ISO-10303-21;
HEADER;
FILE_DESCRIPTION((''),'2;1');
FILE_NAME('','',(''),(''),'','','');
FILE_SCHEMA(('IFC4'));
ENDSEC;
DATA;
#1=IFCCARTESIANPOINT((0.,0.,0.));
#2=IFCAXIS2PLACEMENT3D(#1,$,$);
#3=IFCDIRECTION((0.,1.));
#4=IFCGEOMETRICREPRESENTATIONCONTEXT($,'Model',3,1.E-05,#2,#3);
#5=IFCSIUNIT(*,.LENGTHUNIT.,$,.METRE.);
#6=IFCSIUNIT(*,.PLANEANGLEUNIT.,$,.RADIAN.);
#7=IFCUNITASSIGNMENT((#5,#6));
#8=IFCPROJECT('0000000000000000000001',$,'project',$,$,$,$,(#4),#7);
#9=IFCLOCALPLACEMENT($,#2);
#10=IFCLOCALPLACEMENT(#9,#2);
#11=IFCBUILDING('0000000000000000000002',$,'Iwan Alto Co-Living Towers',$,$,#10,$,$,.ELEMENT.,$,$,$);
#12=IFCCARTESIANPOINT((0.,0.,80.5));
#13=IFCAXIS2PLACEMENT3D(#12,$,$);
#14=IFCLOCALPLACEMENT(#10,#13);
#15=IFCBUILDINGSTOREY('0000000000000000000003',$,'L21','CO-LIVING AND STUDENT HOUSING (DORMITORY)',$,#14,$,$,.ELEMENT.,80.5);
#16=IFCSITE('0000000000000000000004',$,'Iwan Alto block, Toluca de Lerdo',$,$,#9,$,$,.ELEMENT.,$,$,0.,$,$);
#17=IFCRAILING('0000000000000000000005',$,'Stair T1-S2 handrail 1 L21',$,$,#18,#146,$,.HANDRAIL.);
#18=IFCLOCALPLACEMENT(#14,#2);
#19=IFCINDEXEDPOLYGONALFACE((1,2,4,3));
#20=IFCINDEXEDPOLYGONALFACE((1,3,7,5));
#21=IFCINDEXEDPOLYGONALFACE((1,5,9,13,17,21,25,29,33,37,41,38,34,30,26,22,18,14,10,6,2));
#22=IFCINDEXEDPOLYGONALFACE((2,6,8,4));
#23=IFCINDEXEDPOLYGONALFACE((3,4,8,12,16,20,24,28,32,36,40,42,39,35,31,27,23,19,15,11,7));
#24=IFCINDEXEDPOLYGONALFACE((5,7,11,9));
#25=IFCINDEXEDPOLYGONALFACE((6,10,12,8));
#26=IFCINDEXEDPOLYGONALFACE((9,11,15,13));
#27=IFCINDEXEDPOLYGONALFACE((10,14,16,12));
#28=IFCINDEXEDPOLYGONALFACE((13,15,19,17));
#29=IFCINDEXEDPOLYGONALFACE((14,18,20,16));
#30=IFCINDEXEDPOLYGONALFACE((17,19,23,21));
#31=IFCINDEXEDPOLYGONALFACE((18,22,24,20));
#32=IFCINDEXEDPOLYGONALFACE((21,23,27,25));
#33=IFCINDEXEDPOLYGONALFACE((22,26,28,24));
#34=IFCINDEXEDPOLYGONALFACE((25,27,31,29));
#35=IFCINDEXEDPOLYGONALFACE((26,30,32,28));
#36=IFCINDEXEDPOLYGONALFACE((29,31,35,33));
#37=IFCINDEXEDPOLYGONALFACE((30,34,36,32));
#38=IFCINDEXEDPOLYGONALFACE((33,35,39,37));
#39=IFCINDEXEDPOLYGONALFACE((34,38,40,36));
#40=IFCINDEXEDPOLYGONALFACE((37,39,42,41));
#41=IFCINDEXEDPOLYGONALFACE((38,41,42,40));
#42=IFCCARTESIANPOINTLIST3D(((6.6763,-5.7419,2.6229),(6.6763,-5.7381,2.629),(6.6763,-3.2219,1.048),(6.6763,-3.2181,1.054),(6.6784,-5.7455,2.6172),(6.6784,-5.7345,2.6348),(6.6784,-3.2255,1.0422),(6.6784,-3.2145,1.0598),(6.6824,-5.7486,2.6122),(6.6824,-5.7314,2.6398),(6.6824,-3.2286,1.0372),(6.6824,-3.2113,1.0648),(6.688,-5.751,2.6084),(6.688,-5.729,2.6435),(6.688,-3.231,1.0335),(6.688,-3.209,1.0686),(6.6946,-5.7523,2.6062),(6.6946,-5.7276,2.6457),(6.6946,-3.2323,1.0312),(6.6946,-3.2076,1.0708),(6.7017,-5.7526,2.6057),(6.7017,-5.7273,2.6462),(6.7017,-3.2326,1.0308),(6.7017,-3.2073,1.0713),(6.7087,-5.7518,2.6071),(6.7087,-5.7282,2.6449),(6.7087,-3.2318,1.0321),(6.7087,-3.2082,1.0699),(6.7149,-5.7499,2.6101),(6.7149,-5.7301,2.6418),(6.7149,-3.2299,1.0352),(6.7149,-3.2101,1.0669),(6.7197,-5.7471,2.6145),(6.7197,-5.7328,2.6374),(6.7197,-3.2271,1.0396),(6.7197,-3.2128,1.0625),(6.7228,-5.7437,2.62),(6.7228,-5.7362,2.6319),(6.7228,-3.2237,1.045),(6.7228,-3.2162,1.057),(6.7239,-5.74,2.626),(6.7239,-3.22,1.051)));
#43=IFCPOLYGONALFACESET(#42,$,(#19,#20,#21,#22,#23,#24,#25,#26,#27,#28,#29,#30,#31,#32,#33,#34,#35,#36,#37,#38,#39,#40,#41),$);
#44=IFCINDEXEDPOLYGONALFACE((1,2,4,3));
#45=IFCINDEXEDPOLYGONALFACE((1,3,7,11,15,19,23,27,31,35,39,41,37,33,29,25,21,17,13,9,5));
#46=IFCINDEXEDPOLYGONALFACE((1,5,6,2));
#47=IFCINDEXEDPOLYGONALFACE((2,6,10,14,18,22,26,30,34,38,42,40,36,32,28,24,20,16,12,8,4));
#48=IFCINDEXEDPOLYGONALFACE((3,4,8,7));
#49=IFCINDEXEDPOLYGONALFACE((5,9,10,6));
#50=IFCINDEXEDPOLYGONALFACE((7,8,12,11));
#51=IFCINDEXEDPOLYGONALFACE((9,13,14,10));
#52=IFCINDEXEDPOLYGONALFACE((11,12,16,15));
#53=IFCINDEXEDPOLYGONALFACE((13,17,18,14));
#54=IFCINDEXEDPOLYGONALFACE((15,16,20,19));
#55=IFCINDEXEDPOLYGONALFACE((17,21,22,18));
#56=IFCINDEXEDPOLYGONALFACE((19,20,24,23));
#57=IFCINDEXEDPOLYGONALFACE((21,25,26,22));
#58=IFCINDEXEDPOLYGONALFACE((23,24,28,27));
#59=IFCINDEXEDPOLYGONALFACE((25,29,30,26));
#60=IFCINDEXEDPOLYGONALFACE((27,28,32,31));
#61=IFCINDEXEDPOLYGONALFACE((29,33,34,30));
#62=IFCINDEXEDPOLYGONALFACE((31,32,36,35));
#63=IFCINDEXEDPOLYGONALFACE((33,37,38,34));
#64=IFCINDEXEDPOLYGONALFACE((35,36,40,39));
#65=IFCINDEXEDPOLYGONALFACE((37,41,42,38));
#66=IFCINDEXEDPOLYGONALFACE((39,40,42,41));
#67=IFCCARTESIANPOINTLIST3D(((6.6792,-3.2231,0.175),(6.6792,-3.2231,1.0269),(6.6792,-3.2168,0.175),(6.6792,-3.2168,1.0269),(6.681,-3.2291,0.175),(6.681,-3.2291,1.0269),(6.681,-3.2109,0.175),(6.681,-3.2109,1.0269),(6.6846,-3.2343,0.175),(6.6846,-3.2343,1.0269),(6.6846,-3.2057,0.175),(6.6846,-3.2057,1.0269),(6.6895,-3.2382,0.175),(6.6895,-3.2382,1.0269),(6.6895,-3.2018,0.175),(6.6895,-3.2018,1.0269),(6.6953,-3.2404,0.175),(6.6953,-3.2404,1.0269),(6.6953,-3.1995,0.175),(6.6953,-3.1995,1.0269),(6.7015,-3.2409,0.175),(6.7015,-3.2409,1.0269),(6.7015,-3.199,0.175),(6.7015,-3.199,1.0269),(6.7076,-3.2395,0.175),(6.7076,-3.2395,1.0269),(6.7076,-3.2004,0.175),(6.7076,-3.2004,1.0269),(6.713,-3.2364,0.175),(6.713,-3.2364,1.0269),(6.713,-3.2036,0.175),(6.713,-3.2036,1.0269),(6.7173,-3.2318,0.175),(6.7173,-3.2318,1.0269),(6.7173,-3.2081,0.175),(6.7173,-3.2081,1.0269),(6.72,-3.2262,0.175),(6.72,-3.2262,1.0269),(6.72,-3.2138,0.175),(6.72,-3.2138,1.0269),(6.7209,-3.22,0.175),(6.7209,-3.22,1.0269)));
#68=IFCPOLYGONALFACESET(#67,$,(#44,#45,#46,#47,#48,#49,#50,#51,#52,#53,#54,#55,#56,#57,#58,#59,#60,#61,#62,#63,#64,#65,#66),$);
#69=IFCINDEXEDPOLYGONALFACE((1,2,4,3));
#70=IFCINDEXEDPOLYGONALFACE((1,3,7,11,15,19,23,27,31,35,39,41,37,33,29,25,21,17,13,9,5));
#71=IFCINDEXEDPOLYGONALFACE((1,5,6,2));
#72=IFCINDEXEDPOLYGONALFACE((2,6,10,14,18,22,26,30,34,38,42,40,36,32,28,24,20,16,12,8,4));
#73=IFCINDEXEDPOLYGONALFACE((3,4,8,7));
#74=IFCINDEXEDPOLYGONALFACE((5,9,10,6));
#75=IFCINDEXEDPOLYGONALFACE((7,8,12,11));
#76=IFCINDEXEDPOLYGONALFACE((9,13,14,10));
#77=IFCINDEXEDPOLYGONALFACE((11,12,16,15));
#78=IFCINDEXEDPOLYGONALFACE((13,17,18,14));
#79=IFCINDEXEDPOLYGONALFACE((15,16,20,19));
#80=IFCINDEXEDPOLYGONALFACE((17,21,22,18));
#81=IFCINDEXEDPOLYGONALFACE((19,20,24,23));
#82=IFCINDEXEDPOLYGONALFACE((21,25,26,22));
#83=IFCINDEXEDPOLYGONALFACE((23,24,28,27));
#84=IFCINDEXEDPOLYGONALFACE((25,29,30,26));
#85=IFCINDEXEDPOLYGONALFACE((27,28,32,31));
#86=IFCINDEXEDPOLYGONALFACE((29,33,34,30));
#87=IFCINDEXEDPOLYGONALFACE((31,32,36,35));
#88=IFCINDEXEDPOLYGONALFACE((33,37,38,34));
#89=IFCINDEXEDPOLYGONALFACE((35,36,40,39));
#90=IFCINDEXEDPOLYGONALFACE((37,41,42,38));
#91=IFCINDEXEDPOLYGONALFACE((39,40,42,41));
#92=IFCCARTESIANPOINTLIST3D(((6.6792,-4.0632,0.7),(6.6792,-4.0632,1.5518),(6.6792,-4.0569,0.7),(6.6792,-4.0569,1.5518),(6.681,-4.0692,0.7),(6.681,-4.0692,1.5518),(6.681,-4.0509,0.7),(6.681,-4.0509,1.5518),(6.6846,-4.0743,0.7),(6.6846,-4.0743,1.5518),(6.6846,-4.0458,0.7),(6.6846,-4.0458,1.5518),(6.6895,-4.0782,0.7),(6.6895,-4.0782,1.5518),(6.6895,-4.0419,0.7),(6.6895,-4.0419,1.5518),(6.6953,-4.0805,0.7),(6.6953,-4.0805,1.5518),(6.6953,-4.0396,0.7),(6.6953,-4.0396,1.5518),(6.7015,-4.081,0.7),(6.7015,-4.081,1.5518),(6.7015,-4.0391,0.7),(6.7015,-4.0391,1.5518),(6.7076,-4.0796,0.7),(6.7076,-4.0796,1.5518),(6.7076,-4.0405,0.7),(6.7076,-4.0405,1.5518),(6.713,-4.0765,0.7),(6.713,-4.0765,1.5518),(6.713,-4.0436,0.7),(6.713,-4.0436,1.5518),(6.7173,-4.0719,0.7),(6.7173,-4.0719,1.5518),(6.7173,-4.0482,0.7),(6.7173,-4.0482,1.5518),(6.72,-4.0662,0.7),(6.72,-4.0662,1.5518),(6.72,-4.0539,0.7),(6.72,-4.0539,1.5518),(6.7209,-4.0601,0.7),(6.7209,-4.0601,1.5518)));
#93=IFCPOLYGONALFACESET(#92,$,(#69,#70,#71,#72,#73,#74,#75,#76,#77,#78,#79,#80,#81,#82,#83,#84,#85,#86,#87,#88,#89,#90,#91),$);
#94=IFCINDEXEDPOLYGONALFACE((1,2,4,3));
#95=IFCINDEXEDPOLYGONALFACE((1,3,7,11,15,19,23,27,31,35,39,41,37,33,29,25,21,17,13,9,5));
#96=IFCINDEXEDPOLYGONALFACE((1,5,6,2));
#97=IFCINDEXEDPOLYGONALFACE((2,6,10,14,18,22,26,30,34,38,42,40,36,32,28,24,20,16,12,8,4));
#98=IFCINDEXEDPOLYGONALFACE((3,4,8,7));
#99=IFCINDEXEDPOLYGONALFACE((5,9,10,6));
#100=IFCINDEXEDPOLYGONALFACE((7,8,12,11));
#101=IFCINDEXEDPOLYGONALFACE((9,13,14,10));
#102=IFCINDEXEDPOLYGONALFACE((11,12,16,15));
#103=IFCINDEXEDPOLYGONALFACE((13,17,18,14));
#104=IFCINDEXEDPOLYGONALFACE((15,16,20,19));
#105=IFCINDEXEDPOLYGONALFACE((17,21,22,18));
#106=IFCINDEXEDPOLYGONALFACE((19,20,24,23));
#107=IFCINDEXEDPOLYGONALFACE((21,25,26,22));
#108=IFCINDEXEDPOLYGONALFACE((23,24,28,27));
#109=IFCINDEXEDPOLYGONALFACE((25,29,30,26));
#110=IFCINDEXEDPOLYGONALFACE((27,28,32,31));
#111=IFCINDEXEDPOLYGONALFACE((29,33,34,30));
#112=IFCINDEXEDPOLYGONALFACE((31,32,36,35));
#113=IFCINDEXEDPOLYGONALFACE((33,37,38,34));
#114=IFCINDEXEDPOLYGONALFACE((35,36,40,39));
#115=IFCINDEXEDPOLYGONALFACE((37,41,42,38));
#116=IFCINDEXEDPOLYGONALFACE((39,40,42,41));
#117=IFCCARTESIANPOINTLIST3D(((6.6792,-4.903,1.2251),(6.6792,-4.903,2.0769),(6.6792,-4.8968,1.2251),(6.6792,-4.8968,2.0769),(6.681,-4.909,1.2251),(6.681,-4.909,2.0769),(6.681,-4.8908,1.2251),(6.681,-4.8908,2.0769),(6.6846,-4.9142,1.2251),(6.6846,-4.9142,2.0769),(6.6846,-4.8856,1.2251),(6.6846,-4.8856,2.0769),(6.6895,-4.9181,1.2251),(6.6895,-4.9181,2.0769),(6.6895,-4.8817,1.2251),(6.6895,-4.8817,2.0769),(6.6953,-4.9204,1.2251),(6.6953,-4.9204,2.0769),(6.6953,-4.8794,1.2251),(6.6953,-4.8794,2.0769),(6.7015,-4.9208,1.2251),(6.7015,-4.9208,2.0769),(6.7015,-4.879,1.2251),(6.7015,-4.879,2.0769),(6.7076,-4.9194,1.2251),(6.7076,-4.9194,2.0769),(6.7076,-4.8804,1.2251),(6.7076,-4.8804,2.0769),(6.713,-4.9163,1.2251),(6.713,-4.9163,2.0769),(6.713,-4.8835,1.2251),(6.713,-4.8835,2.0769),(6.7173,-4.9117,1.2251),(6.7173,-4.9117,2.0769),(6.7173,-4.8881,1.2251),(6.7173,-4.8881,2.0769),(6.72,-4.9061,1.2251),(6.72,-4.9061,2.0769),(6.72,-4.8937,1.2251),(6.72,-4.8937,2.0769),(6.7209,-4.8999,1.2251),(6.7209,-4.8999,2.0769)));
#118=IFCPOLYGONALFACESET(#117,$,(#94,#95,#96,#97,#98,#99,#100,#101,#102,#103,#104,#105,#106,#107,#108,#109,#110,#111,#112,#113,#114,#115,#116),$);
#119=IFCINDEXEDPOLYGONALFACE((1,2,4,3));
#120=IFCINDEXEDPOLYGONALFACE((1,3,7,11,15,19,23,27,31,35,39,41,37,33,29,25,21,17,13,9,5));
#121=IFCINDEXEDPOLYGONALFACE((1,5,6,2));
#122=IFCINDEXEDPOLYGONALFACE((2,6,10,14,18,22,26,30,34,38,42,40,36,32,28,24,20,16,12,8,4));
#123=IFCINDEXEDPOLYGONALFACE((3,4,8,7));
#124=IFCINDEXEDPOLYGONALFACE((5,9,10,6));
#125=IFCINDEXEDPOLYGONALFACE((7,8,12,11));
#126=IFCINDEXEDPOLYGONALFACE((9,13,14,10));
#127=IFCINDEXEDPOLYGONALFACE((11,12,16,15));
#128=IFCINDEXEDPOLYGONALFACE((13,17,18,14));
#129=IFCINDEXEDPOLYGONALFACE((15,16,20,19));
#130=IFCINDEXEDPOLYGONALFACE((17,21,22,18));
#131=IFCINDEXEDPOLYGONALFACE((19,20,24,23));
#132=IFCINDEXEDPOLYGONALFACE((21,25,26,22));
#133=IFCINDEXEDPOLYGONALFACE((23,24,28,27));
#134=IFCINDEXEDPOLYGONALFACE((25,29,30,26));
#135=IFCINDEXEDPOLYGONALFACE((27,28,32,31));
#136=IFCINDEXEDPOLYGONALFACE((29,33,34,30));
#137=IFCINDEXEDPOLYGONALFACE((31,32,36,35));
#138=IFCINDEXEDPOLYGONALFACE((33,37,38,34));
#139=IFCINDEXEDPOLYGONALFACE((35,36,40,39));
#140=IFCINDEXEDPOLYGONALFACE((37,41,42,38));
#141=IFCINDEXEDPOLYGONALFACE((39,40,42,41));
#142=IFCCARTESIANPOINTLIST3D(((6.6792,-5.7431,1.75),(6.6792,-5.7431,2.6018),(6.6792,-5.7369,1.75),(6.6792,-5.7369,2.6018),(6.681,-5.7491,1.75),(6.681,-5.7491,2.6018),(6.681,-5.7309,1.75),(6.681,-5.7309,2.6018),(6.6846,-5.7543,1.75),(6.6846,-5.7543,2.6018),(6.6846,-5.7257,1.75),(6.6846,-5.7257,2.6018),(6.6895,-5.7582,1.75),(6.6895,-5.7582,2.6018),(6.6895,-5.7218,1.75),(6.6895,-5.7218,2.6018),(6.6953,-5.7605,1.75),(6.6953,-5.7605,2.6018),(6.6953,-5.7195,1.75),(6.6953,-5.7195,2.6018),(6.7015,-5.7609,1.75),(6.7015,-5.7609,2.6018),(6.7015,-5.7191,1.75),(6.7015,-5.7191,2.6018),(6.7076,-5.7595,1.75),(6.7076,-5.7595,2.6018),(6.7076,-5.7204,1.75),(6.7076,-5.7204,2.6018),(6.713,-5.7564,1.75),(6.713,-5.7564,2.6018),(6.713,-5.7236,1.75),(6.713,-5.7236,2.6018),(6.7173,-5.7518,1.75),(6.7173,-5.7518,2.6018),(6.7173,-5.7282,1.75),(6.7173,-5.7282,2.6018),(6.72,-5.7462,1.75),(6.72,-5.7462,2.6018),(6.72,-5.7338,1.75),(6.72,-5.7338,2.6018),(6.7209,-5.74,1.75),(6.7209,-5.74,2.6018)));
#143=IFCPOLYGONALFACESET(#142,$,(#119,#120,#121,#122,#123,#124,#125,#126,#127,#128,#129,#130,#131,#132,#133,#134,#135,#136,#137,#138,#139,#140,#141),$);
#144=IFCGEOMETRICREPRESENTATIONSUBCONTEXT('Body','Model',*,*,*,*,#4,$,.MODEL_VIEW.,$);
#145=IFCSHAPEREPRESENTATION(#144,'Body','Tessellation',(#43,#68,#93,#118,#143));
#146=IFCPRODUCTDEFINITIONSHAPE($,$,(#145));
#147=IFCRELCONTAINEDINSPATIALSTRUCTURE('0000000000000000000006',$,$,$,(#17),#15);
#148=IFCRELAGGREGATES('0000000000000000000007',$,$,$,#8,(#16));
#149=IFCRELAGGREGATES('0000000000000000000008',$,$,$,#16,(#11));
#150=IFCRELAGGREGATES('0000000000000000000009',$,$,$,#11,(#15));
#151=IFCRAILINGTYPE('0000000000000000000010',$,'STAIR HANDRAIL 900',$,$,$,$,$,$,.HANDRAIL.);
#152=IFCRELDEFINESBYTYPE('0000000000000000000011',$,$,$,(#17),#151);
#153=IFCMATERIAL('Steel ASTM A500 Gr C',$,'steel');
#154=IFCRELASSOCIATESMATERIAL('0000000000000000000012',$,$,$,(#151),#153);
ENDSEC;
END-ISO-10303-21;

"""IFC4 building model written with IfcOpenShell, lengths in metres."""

from ifc_helpers import new_model, si_unit, direction, frame, origin, origin_2d, place, context, subcontext, project, spatial, circle, extrude, material, type_object, element, save


model = new_model("IFC4")

# Units and contexts
model_context = context("Model", 3, precision=1e-05, world=origin(), true_north=direction((0.0, 1.0)))
body_context = subcontext(model_context, "Body", "Model", "MODEL_VIEW")
ifc_project = project(units=[si_unit("LENGTHUNIT", "METRE"), si_unit("PLANEANGLEUNIT", "RADIAN")], contexts=[model_context])

# Site, building, storey
site_placement = place(None, origin())
site = spatial("IfcSite", under=ifc_project, at=site_placement, Name="Iwan Alto block, Toluca de Lerdo", CompositionType="ELEMENT", RefElevation=0.0)
building_placement = place(site_placement, origin())
building = spatial("IfcBuilding", under=site, at=building_placement, Name="Iwan Alto Co-Living Towers", CompositionType="ELEMENT")
storey_placement = place(building_placement, frame((0.0, 0.0, 80.5)))
storey = spatial("IfcBuildingStorey", under=building, at=storey_placement, Name="L21", Description="CO-LIVING AND STUDENT HOUSING (DORMITORY)", CompositionType="ELEMENT", Elevation=80.5)

# Railing
ifc_material_1 = material(Name="Steel ASTM A500 Gr C", Category="steel")
railing_type_1 = type_object("IfcRailingType", Name="STAIR HANDRAIL 900", PredefinedType="HANDRAIL", material=ifc_material_1)
railing_1_placement = place(storey_placement, frame((6.7, -3.22, 0.175)))
element("IfcRailing", 1, at=railing_1_placement, inside=storey, type_object=railing_type_1, Name="Stair T1-S2 handrail 1 L21", PredefinedType="HANDRAIL", context=body_context, shape_type="SweptSolid", body=[
    extrude(circle(Radius=0.0239, at=origin_2d()), frame((0.0, 0.0, 0.876), z_axis=(0.0, -0.848008, 0.529984), x_axis=(1.0, 0.0, 0.0)), (0.0, 0.0, 1.0), 2.9717),
    extrude(circle(Radius=0.021, at=origin_2d()), origin(), (0.0, 0.0, 1.0), 0.8518),
    extrude(circle(Radius=0.021, at=origin_2d()), frame((0.0, -0.8401, 0.5249)), (0.0, 0.0, 1.0), 0.8518),
    extrude(circle(Radius=0.021, at=origin_2d()), frame((0.0, -1.6799, 1.05)), (0.0, 0.0, 1.0), 0.8518),
    extrude(circle(Radius=0.021, at=origin_2d()), frame((0.0, -2.52, 1.575)), (0.0, 0.0, 1.0), 0.8518),
])

save(model, "model.ifc")
